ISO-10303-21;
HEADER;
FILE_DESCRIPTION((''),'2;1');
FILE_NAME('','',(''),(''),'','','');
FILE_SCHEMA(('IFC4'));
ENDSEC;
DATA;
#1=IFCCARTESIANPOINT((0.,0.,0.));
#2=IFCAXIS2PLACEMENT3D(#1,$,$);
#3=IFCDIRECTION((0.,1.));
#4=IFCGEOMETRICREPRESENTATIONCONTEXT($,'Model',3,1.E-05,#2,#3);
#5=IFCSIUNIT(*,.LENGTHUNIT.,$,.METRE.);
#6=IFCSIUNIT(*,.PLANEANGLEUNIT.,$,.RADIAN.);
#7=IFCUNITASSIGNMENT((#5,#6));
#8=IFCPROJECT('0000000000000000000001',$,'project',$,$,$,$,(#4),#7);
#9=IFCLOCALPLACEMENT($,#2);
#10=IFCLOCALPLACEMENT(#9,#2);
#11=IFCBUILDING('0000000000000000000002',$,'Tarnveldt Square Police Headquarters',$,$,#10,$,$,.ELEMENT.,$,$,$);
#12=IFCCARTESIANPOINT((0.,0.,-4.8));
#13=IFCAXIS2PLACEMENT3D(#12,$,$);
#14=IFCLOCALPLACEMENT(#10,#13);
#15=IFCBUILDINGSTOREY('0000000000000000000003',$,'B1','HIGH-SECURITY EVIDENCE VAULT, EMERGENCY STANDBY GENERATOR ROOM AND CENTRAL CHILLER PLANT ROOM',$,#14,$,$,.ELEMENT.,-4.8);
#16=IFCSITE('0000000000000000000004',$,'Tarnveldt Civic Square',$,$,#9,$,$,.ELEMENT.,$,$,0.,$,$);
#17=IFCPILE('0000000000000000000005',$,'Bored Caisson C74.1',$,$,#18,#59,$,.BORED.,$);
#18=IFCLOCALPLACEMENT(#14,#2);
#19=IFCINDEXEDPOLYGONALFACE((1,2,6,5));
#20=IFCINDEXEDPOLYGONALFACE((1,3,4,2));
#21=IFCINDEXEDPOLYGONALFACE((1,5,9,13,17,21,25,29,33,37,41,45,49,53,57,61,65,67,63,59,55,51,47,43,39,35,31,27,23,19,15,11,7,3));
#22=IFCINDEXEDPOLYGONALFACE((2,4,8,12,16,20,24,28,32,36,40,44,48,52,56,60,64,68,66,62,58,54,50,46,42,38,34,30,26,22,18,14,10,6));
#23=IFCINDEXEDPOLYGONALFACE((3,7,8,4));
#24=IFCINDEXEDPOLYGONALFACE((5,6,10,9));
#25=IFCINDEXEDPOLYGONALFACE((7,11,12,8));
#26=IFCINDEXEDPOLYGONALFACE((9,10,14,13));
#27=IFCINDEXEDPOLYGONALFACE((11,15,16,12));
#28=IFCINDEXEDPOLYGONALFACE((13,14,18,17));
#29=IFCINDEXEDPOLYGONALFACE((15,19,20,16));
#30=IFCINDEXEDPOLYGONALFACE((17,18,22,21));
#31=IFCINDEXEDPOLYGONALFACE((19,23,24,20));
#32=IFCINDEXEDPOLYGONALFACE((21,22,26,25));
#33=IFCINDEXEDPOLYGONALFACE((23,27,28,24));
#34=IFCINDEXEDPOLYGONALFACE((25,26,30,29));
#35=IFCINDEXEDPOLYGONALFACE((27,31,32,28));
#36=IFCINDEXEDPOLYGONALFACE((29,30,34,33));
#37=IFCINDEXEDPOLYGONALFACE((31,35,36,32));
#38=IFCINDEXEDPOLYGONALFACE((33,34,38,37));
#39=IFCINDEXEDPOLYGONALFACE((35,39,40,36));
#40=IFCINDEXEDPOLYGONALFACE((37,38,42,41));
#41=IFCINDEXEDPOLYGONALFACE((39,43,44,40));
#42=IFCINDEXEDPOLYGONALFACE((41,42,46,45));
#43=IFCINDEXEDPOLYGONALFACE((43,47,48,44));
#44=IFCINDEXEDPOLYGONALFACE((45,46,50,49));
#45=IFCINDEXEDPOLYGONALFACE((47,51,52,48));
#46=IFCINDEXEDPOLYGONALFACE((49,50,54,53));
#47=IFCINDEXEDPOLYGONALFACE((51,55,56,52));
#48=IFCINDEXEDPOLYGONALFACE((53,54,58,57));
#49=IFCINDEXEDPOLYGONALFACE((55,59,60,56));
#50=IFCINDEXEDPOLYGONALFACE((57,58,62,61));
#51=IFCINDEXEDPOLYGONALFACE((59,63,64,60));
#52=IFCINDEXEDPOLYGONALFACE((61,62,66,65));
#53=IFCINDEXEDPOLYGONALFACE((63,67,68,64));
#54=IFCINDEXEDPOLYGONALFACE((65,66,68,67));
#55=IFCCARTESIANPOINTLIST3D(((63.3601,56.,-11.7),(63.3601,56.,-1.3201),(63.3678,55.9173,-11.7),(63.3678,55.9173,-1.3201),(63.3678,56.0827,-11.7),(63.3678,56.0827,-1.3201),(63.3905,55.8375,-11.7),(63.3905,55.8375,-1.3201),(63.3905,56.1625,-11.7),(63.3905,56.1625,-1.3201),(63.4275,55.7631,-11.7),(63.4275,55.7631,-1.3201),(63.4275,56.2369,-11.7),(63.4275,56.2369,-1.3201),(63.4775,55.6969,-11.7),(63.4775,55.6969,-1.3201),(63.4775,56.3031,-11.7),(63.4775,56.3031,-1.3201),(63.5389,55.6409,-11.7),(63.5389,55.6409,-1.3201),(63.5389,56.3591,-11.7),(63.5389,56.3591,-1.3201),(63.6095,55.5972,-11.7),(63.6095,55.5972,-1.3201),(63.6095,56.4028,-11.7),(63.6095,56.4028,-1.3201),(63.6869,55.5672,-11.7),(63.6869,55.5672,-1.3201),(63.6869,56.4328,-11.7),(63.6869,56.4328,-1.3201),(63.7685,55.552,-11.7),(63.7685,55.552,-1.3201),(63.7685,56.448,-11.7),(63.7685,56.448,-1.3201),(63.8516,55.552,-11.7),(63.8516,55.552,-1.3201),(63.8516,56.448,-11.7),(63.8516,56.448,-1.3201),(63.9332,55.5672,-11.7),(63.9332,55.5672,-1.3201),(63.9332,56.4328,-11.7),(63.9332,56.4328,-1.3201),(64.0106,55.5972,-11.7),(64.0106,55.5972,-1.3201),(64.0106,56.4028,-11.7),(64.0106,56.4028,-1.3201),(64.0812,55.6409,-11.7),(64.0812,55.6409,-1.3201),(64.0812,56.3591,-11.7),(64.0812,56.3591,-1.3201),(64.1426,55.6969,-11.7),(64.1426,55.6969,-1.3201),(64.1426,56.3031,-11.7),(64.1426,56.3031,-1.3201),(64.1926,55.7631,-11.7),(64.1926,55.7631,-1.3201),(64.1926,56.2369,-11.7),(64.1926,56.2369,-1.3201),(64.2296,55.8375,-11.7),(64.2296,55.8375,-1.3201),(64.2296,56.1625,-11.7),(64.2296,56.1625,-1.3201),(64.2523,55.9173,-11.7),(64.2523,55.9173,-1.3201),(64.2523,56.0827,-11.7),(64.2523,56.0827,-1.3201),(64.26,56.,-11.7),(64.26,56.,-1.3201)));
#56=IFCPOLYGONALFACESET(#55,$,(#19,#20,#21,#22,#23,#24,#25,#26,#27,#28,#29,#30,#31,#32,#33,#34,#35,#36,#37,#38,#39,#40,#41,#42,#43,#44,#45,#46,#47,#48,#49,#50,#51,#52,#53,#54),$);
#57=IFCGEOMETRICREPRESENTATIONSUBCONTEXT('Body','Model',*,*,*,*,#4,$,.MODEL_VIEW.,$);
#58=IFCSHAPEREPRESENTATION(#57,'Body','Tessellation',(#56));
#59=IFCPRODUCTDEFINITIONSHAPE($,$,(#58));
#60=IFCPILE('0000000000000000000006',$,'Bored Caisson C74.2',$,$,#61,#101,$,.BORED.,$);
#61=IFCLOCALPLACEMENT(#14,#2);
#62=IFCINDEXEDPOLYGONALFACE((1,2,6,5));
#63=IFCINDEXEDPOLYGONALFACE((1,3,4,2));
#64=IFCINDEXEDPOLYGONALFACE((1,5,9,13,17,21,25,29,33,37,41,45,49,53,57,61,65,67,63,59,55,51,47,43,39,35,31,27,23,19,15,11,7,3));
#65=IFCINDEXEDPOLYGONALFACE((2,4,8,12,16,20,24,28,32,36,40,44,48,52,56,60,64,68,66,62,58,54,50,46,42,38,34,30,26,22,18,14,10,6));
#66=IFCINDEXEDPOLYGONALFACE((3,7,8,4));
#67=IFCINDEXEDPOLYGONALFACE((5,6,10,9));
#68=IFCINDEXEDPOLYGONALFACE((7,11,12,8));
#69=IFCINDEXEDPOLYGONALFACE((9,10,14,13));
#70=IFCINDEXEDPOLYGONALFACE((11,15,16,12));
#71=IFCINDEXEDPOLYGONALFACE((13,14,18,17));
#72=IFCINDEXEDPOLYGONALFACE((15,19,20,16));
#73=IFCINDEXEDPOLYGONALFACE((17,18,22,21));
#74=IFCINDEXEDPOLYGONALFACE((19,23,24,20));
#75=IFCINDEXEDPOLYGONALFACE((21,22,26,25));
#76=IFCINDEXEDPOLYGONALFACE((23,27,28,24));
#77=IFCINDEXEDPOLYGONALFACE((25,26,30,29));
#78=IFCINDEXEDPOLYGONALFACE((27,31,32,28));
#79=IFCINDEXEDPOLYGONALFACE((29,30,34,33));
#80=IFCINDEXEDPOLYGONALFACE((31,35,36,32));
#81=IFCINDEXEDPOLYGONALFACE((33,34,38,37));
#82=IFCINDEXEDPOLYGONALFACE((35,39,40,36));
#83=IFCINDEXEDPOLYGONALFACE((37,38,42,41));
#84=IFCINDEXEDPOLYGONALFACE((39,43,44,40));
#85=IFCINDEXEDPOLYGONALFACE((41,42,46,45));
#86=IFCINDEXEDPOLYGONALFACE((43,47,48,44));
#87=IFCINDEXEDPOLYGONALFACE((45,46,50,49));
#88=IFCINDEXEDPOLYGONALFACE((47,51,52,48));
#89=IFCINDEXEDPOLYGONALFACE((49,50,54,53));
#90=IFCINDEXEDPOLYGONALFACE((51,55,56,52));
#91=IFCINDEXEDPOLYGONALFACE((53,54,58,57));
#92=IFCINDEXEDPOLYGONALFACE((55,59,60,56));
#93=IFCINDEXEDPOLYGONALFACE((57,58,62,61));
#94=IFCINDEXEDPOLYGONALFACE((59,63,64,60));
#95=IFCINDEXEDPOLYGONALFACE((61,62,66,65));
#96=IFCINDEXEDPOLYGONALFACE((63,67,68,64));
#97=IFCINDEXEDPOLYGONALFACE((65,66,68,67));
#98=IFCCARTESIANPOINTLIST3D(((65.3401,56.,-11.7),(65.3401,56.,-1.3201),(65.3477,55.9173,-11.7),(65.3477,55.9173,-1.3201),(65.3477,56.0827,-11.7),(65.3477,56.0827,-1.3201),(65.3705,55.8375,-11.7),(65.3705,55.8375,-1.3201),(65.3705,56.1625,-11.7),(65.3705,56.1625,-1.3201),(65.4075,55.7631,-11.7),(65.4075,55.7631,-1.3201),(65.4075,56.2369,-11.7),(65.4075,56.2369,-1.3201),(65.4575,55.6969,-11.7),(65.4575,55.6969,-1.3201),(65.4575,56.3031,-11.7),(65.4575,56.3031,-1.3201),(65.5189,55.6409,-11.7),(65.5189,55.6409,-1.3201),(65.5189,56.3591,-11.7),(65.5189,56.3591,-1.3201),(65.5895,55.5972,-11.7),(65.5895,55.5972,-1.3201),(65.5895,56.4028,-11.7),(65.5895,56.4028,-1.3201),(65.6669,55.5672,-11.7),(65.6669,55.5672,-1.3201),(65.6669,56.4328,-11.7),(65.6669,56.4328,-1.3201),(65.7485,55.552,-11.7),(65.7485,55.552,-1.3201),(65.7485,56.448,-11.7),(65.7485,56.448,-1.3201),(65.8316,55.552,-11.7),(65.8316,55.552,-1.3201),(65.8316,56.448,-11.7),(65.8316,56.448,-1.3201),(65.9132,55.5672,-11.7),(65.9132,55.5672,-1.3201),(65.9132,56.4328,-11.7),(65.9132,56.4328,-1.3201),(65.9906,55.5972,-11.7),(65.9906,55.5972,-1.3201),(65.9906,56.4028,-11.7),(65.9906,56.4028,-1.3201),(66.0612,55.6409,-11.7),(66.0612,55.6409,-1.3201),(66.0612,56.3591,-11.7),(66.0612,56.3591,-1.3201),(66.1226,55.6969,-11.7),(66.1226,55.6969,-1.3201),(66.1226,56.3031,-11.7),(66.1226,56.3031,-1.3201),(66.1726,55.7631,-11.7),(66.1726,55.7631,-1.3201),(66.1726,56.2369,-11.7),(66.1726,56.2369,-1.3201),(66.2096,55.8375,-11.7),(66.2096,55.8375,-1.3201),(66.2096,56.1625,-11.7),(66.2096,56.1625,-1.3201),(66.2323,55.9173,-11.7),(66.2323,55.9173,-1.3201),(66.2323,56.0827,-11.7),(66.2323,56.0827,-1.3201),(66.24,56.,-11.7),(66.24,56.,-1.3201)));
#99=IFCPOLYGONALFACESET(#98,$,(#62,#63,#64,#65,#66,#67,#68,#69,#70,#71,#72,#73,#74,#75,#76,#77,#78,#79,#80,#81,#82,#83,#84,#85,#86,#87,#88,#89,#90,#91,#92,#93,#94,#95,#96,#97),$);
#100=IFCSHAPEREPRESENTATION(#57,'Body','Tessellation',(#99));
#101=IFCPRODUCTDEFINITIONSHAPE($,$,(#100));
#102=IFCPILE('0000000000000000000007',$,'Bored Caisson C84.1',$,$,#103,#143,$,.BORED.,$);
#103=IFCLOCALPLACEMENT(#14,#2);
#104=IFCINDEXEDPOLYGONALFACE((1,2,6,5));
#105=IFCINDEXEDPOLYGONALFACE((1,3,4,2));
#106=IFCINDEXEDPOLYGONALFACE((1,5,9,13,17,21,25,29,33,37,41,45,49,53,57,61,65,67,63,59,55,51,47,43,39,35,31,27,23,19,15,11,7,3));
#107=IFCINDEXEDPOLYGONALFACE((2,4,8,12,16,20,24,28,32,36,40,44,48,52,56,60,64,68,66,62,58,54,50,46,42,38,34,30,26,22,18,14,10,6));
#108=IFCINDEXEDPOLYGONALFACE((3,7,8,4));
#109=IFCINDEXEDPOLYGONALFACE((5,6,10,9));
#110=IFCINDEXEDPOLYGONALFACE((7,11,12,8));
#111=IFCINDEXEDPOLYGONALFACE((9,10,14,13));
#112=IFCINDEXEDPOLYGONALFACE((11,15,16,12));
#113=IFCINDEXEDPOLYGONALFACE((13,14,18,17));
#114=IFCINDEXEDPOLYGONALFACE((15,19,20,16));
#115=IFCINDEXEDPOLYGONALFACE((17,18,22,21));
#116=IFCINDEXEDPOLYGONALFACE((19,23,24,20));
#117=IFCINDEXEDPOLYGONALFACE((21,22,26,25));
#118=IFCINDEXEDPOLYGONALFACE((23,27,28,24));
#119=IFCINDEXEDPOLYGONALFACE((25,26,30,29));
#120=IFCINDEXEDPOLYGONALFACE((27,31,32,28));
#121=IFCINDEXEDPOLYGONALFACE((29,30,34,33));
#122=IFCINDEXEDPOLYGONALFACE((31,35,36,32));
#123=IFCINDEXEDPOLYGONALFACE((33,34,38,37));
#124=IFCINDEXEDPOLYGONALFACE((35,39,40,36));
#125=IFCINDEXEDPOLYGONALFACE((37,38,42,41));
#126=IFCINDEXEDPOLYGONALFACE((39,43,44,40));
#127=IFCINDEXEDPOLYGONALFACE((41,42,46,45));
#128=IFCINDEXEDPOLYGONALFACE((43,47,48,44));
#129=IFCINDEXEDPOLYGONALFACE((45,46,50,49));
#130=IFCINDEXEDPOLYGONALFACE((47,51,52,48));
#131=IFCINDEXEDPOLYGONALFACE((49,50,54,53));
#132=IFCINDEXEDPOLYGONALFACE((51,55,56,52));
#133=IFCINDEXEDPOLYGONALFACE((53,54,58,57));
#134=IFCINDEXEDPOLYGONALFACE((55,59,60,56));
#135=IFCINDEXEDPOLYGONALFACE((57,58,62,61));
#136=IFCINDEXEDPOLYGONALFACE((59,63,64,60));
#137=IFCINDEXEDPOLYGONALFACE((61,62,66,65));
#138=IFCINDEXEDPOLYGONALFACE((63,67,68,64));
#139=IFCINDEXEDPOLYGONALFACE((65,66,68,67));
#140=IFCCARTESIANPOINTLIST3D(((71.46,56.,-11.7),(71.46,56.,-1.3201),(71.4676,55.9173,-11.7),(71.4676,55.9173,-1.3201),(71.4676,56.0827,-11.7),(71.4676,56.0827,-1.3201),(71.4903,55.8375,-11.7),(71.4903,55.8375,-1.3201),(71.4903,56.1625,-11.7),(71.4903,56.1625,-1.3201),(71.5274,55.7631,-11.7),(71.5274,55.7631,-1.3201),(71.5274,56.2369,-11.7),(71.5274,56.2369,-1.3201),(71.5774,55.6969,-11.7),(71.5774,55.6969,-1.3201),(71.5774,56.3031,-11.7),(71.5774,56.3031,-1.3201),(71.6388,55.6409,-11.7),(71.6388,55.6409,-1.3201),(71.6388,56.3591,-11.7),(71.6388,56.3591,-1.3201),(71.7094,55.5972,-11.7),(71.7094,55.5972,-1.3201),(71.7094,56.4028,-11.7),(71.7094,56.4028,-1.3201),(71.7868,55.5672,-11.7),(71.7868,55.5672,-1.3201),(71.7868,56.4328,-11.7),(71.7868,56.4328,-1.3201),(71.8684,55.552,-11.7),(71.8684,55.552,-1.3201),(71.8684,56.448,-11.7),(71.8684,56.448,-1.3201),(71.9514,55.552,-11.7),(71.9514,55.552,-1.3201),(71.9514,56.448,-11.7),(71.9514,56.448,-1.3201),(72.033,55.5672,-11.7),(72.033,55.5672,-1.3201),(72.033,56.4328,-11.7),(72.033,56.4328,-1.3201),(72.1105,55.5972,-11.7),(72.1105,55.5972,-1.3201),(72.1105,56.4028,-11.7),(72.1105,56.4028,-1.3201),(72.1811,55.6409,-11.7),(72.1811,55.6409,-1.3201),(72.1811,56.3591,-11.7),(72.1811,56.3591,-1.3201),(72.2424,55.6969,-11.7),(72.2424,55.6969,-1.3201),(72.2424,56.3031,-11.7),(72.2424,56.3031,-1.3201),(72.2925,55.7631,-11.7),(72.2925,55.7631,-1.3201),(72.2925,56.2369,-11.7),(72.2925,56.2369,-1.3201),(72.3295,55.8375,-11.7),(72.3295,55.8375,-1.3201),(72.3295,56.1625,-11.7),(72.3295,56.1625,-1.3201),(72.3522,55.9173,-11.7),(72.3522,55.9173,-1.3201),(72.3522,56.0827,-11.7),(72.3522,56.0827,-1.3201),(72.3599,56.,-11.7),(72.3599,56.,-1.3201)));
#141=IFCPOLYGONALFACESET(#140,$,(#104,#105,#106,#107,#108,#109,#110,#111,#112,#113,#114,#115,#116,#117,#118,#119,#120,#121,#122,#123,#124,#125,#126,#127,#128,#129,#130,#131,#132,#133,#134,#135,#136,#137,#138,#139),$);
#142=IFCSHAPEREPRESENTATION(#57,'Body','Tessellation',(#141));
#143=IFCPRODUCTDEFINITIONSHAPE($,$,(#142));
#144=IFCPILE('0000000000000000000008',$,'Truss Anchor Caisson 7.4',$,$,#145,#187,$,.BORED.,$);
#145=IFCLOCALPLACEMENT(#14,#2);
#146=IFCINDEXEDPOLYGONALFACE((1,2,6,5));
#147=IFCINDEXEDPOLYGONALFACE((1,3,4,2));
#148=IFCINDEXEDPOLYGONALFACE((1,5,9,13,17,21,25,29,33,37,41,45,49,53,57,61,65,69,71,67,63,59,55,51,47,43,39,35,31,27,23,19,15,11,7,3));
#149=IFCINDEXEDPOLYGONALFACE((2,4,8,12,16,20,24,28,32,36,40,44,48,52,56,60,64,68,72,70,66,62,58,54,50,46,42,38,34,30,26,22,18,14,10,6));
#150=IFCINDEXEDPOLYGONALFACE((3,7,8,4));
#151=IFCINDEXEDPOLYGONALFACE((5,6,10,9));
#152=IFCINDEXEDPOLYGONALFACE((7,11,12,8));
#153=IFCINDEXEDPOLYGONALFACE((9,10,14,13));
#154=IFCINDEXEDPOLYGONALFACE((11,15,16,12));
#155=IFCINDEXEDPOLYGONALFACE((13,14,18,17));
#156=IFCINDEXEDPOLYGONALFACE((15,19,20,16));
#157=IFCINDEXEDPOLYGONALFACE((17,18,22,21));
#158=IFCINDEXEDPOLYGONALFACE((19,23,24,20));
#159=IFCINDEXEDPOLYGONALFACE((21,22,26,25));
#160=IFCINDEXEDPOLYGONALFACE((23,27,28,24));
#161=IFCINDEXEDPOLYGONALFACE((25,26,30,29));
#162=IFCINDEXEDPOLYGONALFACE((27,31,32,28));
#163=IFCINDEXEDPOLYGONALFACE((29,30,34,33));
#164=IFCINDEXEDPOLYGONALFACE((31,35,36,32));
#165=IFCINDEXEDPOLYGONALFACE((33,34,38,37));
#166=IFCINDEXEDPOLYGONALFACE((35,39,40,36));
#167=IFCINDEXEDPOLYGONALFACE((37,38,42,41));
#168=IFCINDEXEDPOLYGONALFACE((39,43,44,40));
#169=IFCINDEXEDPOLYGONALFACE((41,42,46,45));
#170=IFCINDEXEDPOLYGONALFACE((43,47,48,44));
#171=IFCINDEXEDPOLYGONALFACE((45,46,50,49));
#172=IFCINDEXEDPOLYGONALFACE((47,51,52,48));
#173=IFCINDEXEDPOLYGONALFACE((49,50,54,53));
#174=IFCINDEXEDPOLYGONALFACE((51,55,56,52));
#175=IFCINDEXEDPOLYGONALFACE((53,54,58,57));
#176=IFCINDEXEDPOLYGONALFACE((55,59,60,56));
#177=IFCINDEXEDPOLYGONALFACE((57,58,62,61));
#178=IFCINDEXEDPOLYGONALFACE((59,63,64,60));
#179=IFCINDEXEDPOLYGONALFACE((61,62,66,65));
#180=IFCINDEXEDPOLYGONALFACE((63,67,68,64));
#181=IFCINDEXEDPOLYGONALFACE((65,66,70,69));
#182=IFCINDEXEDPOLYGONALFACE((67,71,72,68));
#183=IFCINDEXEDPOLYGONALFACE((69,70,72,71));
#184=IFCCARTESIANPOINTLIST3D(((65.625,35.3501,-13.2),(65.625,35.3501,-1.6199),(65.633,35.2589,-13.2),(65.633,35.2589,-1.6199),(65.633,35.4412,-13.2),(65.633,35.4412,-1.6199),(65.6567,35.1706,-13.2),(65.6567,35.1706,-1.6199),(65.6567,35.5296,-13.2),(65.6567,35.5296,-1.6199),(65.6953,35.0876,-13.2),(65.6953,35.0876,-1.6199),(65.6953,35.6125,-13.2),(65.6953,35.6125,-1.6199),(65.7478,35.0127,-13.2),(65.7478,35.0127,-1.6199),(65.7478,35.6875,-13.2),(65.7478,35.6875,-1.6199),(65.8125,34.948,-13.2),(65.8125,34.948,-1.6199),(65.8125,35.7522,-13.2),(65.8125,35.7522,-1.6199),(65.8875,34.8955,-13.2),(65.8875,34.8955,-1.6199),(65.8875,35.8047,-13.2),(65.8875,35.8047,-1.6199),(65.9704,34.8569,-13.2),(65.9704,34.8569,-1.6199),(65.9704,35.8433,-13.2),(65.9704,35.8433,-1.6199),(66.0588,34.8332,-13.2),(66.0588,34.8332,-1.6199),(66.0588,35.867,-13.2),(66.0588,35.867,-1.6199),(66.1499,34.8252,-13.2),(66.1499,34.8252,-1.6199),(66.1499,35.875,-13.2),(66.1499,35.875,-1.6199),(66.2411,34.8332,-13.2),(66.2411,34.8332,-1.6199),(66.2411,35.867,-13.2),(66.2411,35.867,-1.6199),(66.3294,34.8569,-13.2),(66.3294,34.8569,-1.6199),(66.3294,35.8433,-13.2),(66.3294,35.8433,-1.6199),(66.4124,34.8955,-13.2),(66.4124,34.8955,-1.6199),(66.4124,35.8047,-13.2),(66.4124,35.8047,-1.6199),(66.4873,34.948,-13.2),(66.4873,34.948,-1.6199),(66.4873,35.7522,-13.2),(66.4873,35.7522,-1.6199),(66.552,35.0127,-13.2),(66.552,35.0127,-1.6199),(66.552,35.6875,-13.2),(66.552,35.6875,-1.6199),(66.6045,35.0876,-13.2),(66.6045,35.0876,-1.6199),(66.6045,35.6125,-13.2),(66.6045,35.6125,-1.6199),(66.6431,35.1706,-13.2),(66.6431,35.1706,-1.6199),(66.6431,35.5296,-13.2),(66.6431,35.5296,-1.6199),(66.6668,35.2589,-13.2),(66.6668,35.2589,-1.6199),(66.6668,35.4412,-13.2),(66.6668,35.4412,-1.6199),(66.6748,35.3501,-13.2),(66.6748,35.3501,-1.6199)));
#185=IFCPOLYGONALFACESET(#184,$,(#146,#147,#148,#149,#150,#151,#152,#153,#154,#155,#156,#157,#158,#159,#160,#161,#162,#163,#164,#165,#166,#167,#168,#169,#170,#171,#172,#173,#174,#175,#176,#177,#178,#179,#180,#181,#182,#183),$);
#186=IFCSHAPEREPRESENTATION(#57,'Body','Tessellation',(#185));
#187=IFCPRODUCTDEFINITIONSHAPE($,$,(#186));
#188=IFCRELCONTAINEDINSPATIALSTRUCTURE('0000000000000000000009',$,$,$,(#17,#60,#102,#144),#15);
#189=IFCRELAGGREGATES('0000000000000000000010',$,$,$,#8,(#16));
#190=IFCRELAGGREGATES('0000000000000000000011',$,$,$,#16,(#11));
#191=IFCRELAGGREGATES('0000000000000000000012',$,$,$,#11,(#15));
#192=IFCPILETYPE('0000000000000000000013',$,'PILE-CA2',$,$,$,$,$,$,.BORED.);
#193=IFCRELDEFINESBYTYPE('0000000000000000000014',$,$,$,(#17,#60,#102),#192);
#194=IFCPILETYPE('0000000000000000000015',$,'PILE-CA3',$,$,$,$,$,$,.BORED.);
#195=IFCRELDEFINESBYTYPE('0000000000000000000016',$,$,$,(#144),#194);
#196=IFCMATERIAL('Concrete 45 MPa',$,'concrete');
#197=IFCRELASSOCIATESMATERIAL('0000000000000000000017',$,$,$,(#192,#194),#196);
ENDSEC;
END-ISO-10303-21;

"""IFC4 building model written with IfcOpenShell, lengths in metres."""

from ifc_helpers import new_model, si_unit, direction, frame, origin, origin_2d, place, context, subcontext, project, spatial, circle, extrude, material, material_profile, profile_set, type_object, element, save


model = new_model("IFC4")

# Units and contexts
model_context = context("Model", 3, precision=1e-05, world=origin(), true_north=direction((0.0, 1.0)))
body_context = subcontext(model_context, "Body", "Model", "MODEL_VIEW")
ifc_project = project(units=[si_unit("LENGTHUNIT", "METRE"), si_unit("PLANEANGLEUNIT", "RADIAN")], contexts=[model_context])

# Site, building, storey
site_placement = place(None, origin())
site = spatial("IfcSite", under=ifc_project, at=site_placement, Name="Tarnveldt Civic Square", CompositionType="ELEMENT", RefElevation=0.0)
building_placement = place(site_placement, origin())
building = spatial("IfcBuilding", under=site, at=building_placement, Name="Tarnveldt Square Police Headquarters", CompositionType="ELEMENT")
storey_placement = place(building_placement, frame((0.0, 0.0, -4.8)))
storey = spatial("IfcBuildingStorey", under=building, at=storey_placement, Name="B1", Description="HIGH-SECURITY EVIDENCE VAULT, EMERGENCY STANDBY GENERATOR ROOM AND CENTRAL CHILLER PLANT ROOM", CompositionType="ELEMENT", Elevation=-4.8)

# Shared definitions
ifc_material_1 = material(Name="Concrete 45 MPa", Category="concrete")

# Piles
ifc_material_profile_1 = material_profile(ifc_material_1, circle(Radius=0.45, at=origin_2d()), Name="CAISSON-D900")
ifc_profile_set_1 = profile_set([ifc_material_profile_1], Name="Concrete 45 MPa")
pile_type_1 = type_object("IfcPileType", Name="PILE-CA2", PredefinedType="BORED", material=ifc_profile_set_1)
for number, where, z_axis, x_axis, name in (
    (1, (63.8101, 56.0, -1.3201), (0.0, 0.0, -1.0), (1.0, 0.0, 0.0), "Bored Caisson C74.1"),
    (2, (65.79, 56.0, -1.3201), (0.0, 0.0, -1.0), (1.0, 0.0, 0.0), "Bored Caisson C74.2"),
    (3, (71.9099, 56.0, -1.3201), (0.0, 0.0, -1.0), (1.0, 0.0, 0.0), "Bored Caisson C84.1"),
):
    element("IfcPile", number, at=place(storey_placement, frame(where, z_axis=z_axis, x_axis=x_axis)), inside=storey, type_object=pile_type_1, Name=name, PredefinedType="BORED", context=body_context, shape_type="SweptSolid", body=[
        extrude(circle(Radius=0.45, at=origin_2d()), origin(), (0.0, 0.0, 1.0), 10.3799),
    ])
ifc_material_profile_2 = material_profile(ifc_material_1, circle(Radius=0.5249, at=origin_2d()), Name="CAISSON-D1050")
ifc_profile_set_2 = profile_set([ifc_material_profile_2], Name="Concrete 45 MPa")
pile_type_2 = type_object("IfcPileType", Name="PILE-CA3", PredefinedType="BORED", material=ifc_profile_set_2)
pile_placement = place(storey_placement, frame((66.1499, 35.3501, -1.6199), z_axis=(0.0, 0.0, -1.0), x_axis=(1.0, 0.0, 0.0)))
element("IfcPile", 4, at=pile_placement, inside=storey, type_object=pile_type_2, Name="Truss Anchor Caisson 7.4", PredefinedType="BORED", context=body_context, shape_type="SweptSolid", body=[
    extrude(circle(Radius=0.5249, at=origin_2d()), origin(), (0.0, 0.0, 1.0), 11.5801),
])

save(model, "model.ifc")
